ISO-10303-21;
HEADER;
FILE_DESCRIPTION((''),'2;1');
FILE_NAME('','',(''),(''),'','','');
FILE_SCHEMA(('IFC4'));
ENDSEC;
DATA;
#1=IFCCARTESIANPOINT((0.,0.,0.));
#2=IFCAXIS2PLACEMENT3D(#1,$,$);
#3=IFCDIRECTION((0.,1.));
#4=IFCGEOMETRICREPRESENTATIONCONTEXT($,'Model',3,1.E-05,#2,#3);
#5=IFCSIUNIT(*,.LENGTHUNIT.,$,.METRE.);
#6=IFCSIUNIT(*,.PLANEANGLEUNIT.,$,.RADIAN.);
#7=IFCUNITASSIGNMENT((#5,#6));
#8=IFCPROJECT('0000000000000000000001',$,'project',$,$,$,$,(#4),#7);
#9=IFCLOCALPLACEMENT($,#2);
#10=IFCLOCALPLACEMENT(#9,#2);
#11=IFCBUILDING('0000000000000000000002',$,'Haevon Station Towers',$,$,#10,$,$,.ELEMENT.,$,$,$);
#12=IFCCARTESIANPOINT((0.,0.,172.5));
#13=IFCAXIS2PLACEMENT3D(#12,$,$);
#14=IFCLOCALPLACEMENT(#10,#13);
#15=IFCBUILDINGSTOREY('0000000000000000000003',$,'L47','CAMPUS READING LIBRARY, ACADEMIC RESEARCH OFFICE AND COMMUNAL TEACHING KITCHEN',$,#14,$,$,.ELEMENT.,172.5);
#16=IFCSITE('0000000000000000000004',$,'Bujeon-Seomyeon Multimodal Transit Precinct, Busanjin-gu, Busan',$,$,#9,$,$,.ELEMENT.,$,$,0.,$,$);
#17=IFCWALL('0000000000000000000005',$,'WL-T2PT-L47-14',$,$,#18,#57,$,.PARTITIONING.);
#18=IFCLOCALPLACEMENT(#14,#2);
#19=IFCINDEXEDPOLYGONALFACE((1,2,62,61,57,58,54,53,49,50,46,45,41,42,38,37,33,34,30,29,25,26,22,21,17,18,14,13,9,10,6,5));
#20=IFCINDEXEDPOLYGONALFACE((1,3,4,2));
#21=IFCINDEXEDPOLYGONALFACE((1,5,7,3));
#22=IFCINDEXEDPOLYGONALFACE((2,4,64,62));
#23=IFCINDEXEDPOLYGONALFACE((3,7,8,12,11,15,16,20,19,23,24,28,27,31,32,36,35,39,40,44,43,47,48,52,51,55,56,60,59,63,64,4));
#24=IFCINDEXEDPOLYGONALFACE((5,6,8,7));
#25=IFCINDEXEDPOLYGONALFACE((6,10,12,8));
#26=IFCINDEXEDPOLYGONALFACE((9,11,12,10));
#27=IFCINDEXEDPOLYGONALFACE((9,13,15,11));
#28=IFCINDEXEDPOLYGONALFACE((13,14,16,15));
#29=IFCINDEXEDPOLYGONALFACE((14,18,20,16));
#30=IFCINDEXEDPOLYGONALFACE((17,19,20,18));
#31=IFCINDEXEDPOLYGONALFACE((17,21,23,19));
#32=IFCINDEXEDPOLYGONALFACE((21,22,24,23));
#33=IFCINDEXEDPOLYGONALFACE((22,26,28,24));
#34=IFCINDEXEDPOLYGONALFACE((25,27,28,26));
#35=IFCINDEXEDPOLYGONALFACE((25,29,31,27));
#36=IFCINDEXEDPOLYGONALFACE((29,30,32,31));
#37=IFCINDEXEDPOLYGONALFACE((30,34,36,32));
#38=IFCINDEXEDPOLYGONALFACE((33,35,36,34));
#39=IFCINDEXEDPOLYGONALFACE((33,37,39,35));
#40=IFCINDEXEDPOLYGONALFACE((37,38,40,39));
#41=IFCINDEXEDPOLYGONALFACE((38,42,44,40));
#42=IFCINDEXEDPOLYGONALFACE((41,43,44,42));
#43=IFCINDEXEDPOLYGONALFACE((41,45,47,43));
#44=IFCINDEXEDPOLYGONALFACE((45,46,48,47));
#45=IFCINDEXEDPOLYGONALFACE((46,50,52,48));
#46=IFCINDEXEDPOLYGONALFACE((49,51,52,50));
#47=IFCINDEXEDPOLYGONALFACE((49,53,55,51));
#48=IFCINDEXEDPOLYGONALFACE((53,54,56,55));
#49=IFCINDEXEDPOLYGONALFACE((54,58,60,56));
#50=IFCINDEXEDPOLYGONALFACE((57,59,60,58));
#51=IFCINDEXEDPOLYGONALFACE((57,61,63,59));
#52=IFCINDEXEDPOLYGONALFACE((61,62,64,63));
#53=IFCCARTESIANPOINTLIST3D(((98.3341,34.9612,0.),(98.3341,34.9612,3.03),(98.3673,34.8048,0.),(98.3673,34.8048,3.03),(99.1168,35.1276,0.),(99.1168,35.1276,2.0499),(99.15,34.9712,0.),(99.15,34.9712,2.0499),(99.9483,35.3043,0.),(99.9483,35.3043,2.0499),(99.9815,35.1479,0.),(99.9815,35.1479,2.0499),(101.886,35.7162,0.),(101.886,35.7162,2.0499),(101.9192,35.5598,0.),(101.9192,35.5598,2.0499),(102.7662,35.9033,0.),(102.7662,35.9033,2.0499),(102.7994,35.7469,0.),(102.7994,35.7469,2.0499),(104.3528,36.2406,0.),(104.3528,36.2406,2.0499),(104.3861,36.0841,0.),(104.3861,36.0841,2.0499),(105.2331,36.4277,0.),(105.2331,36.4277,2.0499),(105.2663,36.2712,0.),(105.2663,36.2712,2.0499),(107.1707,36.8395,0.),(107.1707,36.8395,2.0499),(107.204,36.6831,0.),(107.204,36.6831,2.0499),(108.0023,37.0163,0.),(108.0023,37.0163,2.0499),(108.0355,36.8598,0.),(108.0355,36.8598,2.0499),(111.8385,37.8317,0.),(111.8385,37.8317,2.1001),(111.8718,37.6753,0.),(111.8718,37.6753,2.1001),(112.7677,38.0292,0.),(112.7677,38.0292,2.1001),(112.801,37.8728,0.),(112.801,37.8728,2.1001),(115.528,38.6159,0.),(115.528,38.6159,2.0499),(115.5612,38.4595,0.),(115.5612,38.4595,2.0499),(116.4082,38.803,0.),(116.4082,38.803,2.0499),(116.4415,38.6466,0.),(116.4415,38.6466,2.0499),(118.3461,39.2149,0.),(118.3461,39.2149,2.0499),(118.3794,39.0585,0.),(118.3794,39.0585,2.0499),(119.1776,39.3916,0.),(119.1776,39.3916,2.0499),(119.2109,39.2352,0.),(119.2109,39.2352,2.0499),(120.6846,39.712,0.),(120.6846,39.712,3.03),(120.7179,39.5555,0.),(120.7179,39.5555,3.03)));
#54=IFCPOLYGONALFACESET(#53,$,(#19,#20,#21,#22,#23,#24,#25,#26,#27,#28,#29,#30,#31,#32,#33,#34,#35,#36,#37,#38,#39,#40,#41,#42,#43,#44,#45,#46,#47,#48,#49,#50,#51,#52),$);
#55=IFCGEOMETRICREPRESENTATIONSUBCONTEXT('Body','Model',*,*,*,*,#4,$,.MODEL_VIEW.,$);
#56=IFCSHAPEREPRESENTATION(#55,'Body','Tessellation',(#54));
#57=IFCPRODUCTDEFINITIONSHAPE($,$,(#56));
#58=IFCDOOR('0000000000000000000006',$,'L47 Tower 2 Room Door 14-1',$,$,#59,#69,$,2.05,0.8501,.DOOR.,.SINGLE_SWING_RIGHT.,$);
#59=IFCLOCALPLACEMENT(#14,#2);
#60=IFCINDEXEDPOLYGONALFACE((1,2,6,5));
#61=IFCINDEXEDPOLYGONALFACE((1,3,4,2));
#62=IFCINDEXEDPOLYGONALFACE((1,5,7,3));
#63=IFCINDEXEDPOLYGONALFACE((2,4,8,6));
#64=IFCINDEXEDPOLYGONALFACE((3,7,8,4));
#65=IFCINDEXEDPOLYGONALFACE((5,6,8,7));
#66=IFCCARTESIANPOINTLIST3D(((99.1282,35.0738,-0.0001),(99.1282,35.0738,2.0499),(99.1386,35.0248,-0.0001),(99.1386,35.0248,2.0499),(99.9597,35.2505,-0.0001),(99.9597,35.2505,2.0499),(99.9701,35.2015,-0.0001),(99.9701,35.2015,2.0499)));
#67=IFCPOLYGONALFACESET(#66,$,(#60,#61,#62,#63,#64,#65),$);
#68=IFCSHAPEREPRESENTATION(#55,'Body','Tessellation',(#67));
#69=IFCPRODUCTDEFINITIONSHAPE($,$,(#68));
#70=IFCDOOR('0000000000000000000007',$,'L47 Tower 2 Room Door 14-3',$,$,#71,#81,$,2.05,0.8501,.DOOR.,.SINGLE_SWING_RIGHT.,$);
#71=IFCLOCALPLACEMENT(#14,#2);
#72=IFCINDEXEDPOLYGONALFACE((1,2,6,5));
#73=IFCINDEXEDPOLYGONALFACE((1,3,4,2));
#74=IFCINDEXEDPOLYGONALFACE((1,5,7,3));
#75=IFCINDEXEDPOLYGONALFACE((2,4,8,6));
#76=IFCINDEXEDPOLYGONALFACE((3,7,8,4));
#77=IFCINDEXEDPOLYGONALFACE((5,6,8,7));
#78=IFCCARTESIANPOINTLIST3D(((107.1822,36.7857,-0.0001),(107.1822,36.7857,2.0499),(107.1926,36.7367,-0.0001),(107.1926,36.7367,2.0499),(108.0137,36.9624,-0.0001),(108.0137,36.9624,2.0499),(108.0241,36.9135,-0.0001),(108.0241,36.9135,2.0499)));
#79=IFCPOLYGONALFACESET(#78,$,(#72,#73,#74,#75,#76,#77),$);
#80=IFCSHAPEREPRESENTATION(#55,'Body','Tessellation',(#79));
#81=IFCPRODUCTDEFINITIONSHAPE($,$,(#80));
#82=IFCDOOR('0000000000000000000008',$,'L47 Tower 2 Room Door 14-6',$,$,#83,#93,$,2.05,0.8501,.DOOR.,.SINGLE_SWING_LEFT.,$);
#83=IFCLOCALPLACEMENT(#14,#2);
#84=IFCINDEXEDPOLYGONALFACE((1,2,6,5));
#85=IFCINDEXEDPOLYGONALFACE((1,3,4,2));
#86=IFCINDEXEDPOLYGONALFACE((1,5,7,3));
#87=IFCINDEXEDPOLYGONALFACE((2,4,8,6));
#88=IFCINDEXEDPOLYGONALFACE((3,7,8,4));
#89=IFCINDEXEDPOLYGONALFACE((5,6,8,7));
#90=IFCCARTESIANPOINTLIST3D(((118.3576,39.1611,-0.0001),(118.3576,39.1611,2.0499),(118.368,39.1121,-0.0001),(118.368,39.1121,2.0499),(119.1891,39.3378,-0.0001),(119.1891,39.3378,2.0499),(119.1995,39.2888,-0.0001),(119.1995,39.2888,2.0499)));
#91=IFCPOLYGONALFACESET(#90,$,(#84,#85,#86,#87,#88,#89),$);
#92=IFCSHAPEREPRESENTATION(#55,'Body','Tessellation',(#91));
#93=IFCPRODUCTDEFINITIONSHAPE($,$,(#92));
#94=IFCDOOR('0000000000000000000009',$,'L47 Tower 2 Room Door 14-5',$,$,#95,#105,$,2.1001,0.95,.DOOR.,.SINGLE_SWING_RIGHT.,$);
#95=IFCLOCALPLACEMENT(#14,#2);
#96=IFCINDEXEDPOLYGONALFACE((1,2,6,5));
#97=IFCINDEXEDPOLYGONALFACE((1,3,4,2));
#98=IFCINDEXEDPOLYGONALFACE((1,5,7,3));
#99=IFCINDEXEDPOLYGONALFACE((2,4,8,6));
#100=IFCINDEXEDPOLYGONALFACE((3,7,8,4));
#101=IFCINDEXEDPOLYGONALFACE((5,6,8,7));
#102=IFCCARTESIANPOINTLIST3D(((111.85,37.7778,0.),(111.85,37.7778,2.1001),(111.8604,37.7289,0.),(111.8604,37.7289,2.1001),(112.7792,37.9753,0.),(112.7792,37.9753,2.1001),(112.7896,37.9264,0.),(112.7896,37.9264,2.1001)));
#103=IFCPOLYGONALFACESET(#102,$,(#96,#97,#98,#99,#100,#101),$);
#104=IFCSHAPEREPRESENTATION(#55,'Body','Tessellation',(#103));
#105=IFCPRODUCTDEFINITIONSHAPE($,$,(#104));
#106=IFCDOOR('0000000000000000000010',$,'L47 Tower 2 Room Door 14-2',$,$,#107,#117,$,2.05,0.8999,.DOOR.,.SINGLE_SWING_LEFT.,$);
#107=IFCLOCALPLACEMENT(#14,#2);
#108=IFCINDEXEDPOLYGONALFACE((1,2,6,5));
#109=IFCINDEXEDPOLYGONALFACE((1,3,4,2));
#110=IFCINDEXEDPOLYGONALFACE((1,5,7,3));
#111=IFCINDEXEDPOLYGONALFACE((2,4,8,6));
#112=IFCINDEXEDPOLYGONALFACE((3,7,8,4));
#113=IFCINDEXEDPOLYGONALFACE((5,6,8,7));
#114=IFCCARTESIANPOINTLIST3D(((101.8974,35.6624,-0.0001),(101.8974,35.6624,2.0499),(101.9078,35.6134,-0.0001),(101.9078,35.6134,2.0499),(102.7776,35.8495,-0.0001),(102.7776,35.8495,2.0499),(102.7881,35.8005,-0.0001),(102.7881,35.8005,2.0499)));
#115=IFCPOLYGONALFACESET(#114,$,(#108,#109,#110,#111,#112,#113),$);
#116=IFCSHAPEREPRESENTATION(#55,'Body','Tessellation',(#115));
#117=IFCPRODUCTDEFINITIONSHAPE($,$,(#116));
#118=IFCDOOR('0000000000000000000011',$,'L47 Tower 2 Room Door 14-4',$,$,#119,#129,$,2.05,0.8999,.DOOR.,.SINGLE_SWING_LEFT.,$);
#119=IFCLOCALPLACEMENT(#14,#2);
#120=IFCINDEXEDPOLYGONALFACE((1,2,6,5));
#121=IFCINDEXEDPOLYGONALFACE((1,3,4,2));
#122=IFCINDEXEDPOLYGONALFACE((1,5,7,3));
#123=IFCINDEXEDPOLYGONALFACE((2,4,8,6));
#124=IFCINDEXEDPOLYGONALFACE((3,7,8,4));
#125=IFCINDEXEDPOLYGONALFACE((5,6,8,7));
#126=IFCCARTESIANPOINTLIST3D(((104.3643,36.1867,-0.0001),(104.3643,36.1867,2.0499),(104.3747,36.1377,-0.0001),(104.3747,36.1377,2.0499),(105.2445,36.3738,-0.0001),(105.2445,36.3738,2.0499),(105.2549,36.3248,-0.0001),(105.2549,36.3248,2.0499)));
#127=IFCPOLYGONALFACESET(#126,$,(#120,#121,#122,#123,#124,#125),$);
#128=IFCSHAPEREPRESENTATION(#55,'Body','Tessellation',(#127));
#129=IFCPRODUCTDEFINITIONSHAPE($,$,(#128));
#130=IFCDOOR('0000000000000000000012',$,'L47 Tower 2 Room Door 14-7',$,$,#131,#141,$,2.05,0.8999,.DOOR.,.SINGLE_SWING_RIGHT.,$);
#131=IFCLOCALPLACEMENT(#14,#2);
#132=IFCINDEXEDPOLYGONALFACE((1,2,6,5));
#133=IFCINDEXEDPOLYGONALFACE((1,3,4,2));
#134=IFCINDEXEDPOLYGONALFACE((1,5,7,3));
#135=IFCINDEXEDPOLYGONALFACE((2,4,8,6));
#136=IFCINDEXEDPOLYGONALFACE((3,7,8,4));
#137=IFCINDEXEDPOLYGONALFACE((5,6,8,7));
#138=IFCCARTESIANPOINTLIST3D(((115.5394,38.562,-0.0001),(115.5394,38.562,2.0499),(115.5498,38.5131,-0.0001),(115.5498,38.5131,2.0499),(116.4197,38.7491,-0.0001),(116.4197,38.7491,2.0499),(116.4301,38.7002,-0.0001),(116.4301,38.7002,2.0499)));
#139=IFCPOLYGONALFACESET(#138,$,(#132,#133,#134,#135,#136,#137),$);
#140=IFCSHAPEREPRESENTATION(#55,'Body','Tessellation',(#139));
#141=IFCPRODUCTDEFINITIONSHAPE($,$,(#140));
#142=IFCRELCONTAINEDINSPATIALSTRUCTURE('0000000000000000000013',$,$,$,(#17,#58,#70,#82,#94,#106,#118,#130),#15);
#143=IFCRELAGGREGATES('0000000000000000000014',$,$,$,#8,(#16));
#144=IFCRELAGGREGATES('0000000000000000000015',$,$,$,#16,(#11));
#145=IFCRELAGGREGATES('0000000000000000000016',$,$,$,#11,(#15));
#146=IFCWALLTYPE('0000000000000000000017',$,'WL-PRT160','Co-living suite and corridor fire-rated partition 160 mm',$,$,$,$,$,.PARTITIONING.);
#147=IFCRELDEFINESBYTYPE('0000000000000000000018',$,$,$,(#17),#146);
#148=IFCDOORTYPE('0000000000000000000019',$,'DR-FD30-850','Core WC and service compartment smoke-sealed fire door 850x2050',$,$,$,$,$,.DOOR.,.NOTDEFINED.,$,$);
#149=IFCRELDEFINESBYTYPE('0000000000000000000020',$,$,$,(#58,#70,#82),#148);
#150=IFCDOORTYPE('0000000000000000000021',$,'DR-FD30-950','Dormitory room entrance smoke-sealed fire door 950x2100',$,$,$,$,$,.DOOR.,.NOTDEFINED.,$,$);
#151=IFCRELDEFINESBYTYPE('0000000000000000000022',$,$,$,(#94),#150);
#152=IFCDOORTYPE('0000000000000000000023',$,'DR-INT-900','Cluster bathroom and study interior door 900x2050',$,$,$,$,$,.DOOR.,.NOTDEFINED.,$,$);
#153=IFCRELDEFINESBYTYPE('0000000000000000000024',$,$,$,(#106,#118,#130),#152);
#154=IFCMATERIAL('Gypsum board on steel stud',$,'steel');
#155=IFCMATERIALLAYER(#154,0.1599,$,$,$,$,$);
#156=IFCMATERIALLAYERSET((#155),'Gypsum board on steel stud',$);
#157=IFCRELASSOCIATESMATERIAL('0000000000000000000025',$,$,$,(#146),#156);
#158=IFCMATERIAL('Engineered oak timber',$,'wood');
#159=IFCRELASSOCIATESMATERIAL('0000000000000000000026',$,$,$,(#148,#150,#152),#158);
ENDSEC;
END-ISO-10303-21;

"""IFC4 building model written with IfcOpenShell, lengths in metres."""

from ifc_helpers import new_model, si_unit, direction, frame, frame_2d, origin, place, context, subcontext, project, spatial, rectangle, extrude, material, layer, layer_set, type_object, element, fill, save


model = new_model("IFC4")

# Units and contexts
model_context = context("Model", 3, precision=1e-05, world=origin(), true_north=direction((0.0, 1.0)))
body_context = subcontext(model_context, "Body", "Model", "MODEL_VIEW")
ifc_project = project(units=[si_unit("LENGTHUNIT", "METRE"), si_unit("PLANEANGLEUNIT", "RADIAN")], contexts=[model_context])

# Site, building, storey
site_placement = place(None, origin())
site = spatial("IfcSite", under=ifc_project, at=site_placement, Name="Bujeon-Seomyeon Multimodal Transit Precinct, Busanjin-gu, Busan", CompositionType="ELEMENT", RefElevation=0.0)
building_placement = place(site_placement, origin())
building = spatial("IfcBuilding", under=site, at=building_placement, Name="Haevon Station Towers", CompositionType="ELEMENT")
storey_placement = place(building_placement, frame((0.0, 0.0, 172.5)))
storey = spatial("IfcBuildingStorey", under=building, at=storey_placement, Name="L47", Description="CAMPUS READING LIBRARY, ACADEMIC RESEARCH OFFICE AND COMMUNAL TEACHING KITCHEN", CompositionType="ELEMENT", Elevation=172.5)

# Shared definitions
ifc_material_1 = material(Name="Gypsum board on steel stud", Category="steel")

# Wall, openings, doors
ifc_layer_1 = layer(ifc_material_1, 0.1599)
ifc_layer_set_1 = layer_set([ifc_layer_1], Name="Gypsum board on steel stud")
wall_type_1 = type_object("IfcWallType", Name="WL-PRT160", Description="Co-living suite and corridor fire-rated partition 160 mm", PredefinedType="PARTITIONING", material=ifc_layer_set_1)
wall_1_placement = place(storey_placement, frame((98.3508, 34.8831, 0.0), z_axis=(0.0, 0.0, 1.0), x_axis=(0.978148, 0.20791, 0.0)))
wall_1 = element("IfcWall", 1, at=wall_1_placement, inside=storey, type_object=wall_type_1, Name="WL-T2PT-L47-14", PredefinedType="PARTITIONING", context=body_context, shape_type="SweptSolid", body=[
    extrude(rectangle(XDim=22.8499, YDim=0.1599, at=frame_2d((11.4248, 0.0))), origin(), (0.0, 0.0, 1.0), 3.03),
])
opening_1_placement = place(wall_1_placement, frame((0.8, 0.0, 0.0)))
opening_1 = element("IfcOpeningElement", 2, at=opening_1_placement, cuts=wall_1, PredefinedType="OPENING", context=body_context, shape_type="SweptSolid", body=[
    extrude(rectangle(XDim=0.8501, YDim=2.05, at=frame_2d((0.425, 1.0249))), frame((0.0, 0.0898, 0.0), z_axis=(0.0, -1.0, 0.0), x_axis=(1.0, 0.0, 0.0)), (0.0, 0.0, 1.0), 0.1799),
])
opening_2_placement = place(wall_1_placement, frame((3.6311, 0.0, 0.0)))
opening_2 = element("IfcOpeningElement", 3, at=opening_2_placement, cuts=wall_1, PredefinedType="OPENING", context=body_context, shape_type="SweptSolid", body=[
    extrude(rectangle(XDim=0.8999, YDim=2.05, at=frame_2d((0.45, 1.0249))), frame((0.0, 0.0898, 0.0), z_axis=(0.0, -1.0, 0.0), x_axis=(1.0, 0.0, 0.0)), (0.0, 0.0, 1.0), 0.1799),
])
opening_3_placement = place(wall_1_placement, frame((9.0339, 0.0, 0.0)))
opening_3 = element("IfcOpeningElement", 4, at=opening_3_placement, cuts=wall_1, PredefinedType="OPENING", context=body_context, shape_type="SweptSolid", body=[
    extrude(rectangle(XDim=0.8501, YDim=2.05, at=frame_2d((0.425, 1.0249))), frame((0.0, 0.0898, 0.0), z_axis=(0.0, -1.0, 0.0), x_axis=(1.0, 0.0, 0.0)), (0.0, 0.0, 1.0), 0.1799),
])
opening_4_placement = place(wall_1_placement, frame((6.1531, 0.0, 0.0)))
opening_4 = element("IfcOpeningElement", 5, at=opening_4_placement, cuts=wall_1, PredefinedType="OPENING", context=body_context, shape_type="SweptSolid", body=[
    extrude(rectangle(XDim=0.8999, YDim=2.05, at=frame_2d((0.45, 1.0249))), frame((0.0, 0.0898, 0.0), z_axis=(0.0, -1.0, 0.0), x_axis=(1.0, 0.0, 0.0)), (0.0, 0.0, 1.0), 0.1799),
])
opening_5_placement = place(wall_1_placement, frame((13.8059, 0.0, 0.0)))
opening_5 = element("IfcOpeningElement", 6, at=opening_5_placement, cuts=wall_1, PredefinedType="OPENING", context=body_context, shape_type="SweptSolid", body=[
    extrude(rectangle(XDim=0.95, YDim=2.1001, at=frame_2d((0.4751, 1.05))), frame((0.0, 0.0898, 0.0), z_axis=(0.0, -1.0, 0.0), x_axis=(1.0, 0.0, 0.0)), (0.0, 0.0, 1.0), 0.1799),
])
opening_6_placement = place(wall_1_placement, frame((20.459, 0.0, 0.0)))
opening_6 = element("IfcOpeningElement", 7, at=opening_6_placement, cuts=wall_1, PredefinedType="OPENING", context=body_context, shape_type="SweptSolid", body=[
    extrude(rectangle(XDim=0.8501, YDim=2.05, at=frame_2d((0.425, 1.0249))), frame((0.0, 0.0898, 0.0), z_axis=(0.0, -1.0, 0.0), x_axis=(1.0, 0.0, 0.0)), (0.0, 0.0, 1.0), 0.1799),
])
opening_7_placement = place(wall_1_placement, frame((17.5779, 0.0, 0.0)))
opening_7 = element("IfcOpeningElement", 8, at=opening_7_placement, cuts=wall_1, PredefinedType="OPENING", context=body_context, shape_type="SweptSolid", body=[
    extrude(rectangle(XDim=0.8999, YDim=2.05, at=frame_2d((0.45, 1.0249))), frame((0.0, 0.0898, 0.0), z_axis=(0.0, -1.0, 0.0), x_axis=(1.0, 0.0, 0.0)), (0.0, 0.0, 1.0), 0.1799),
])
ifc_material_2 = material(Name="Engineered oak timber", Category="wood")
door_type_1 = type_object("IfcDoorType", Name="DR-FD30-850", Description="Core WC and service compartment smoke-sealed fire door 850x2050", OperationType="NOTDEFINED", PredefinedType="DOOR", material=ifc_material_2)
door_1_placement = place(opening_1_placement, origin())
door_1 = element("IfcDoor", 9, at=door_1_placement, inside=storey, type_object=door_type_1, Name="L47 Tower 2 Room Door 14-1", OperationType="SINGLE_SWING_RIGHT", OverallHeight=2.05, OverallWidth=0.8501, PredefinedType="DOOR", context=body_context, shape_type="SweptSolid", body=[
    extrude(rectangle(XDim=0.8501, YDim=2.05, at=frame_2d((0.425, 1.0249))), frame((0.0, 0.0249, 0.0), z_axis=(0.0, -1.0, 0.0), x_axis=(1.0, 0.0, 0.0)), (0.0, 0.0, 1.0), 0.05),
])
fill(opening_1, door_1)
door_2_placement = place(opening_3_placement, origin())
door_2 = element("IfcDoor", 10, at=door_2_placement, inside=storey, type_object=door_type_1, Name="L47 Tower 2 Room Door 14-3", OperationType="SINGLE_SWING_RIGHT", OverallHeight=2.05, OverallWidth=0.8501, PredefinedType="DOOR", context=body_context, shape_type="SweptSolid", body=[
    extrude(rectangle(XDim=0.8501, YDim=2.05, at=frame_2d((0.425, 1.0249))), frame((0.0, 0.0249, 0.0), z_axis=(0.0, -1.0, 0.0), x_axis=(1.0, 0.0, 0.0)), (0.0, 0.0, 1.0), 0.05),
])
fill(opening_3, door_2)
door_3_placement = place(opening_6_placement, origin())
door_3 = element("IfcDoor", 11, at=door_3_placement, inside=storey, type_object=door_type_1, Name="L47 Tower 2 Room Door 14-6", OperationType="SINGLE_SWING_LEFT", OverallHeight=2.05, OverallWidth=0.8501, PredefinedType="DOOR", context=body_context, shape_type="SweptSolid", body=[
    extrude(rectangle(XDim=0.8501, YDim=2.05, at=frame_2d((0.425, 1.0249))), frame((0.0, 0.0249, 0.0), z_axis=(0.0, -1.0, 0.0), x_axis=(1.0, 0.0, 0.0)), (0.0, 0.0, 1.0), 0.05),
])
fill(opening_6, door_3)
door_type_2 = type_object("IfcDoorType", Name="DR-FD30-950", Description="Dormitory room entrance smoke-sealed fire door 950x2100", OperationType="NOTDEFINED", PredefinedType="DOOR", material=ifc_material_2)
door_4_placement = place(opening_5_placement, origin())
door_4 = element("IfcDoor", 12, at=door_4_placement, inside=storey, type_object=door_type_2, Name="L47 Tower 2 Room Door 14-5", OperationType="SINGLE_SWING_RIGHT", OverallHeight=2.1001, OverallWidth=0.95, PredefinedType="DOOR", context=body_context, shape_type="SweptSolid", body=[
    extrude(rectangle(XDim=0.95, YDim=2.1001, at=frame_2d((0.4751, 1.05))), frame((0.0, 0.0249, 0.0), z_axis=(0.0, -1.0, 0.0), x_axis=(1.0, 0.0, 0.0)), (0.0, 0.0, 1.0), 0.05),
])
fill(opening_5, door_4)
door_type_3 = type_object("IfcDoorType", Name="DR-INT-900", Description="Cluster bathroom and study interior door 900x2050", OperationType="NOTDEFINED", PredefinedType="DOOR", material=ifc_material_2)
door_5_placement = place(opening_2_placement, origin())
door_5 = element("IfcDoor", 13, at=door_5_placement, inside=storey, type_object=door_type_3, Name="L47 Tower 2 Room Door 14-2", OperationType="SINGLE_SWING_LEFT", OverallHeight=2.05, OverallWidth=0.8999, PredefinedType="DOOR", context=body_context, shape_type="SweptSolid", body=[
    extrude(rectangle(XDim=0.8999, YDim=2.05, at=frame_2d((0.45, 1.0249))), frame((0.0, 0.0249, 0.0), z_axis=(0.0, -1.0, 0.0), x_axis=(1.0, 0.0, 0.0)), (0.0, 0.0, 1.0), 0.05),
])
fill(opening_2, door_5)
door_6_placement = place(opening_4_placement, origin())
door_6 = element("IfcDoor", 14, at=door_6_placement, inside=storey, type_object=door_type_3, Name="L47 Tower 2 Room Door 14-4", OperationType="SINGLE_SWING_LEFT", OverallHeight=2.05, OverallWidth=0.8999, PredefinedType="DOOR", context=body_context, shape_type="SweptSolid", body=[
    extrude(rectangle(XDim=0.8999, YDim=2.05, at=frame_2d((0.45, 1.0249))), frame((0.0, 0.0249, 0.0), z_axis=(0.0, -1.0, 0.0), x_axis=(1.0, 0.0, 0.0)), (0.0, 0.0, 1.0), 0.05),
])
fill(opening_4, door_6)
door_7_placement = place(opening_7_placement, origin())
door_7 = element("IfcDoor", 15, at=door_7_placement, inside=storey, type_object=door_type_3, Name="L47 Tower 2 Room Door 14-7", OperationType="SINGLE_SWING_RIGHT", OverallHeight=2.05, OverallWidth=0.8999, PredefinedType="DOOR", context=body_context, shape_type="SweptSolid", body=[
    extrude(rectangle(XDim=0.8999, YDim=2.05, at=frame_2d((0.45, 1.0249))), frame((0.0, 0.0249, 0.0), z_axis=(0.0, -1.0, 0.0), x_axis=(1.0, 0.0, 0.0)), (0.0, 0.0, 1.0), 0.05),
])
fill(opening_7, door_7)

save(model, "model.ifc")
